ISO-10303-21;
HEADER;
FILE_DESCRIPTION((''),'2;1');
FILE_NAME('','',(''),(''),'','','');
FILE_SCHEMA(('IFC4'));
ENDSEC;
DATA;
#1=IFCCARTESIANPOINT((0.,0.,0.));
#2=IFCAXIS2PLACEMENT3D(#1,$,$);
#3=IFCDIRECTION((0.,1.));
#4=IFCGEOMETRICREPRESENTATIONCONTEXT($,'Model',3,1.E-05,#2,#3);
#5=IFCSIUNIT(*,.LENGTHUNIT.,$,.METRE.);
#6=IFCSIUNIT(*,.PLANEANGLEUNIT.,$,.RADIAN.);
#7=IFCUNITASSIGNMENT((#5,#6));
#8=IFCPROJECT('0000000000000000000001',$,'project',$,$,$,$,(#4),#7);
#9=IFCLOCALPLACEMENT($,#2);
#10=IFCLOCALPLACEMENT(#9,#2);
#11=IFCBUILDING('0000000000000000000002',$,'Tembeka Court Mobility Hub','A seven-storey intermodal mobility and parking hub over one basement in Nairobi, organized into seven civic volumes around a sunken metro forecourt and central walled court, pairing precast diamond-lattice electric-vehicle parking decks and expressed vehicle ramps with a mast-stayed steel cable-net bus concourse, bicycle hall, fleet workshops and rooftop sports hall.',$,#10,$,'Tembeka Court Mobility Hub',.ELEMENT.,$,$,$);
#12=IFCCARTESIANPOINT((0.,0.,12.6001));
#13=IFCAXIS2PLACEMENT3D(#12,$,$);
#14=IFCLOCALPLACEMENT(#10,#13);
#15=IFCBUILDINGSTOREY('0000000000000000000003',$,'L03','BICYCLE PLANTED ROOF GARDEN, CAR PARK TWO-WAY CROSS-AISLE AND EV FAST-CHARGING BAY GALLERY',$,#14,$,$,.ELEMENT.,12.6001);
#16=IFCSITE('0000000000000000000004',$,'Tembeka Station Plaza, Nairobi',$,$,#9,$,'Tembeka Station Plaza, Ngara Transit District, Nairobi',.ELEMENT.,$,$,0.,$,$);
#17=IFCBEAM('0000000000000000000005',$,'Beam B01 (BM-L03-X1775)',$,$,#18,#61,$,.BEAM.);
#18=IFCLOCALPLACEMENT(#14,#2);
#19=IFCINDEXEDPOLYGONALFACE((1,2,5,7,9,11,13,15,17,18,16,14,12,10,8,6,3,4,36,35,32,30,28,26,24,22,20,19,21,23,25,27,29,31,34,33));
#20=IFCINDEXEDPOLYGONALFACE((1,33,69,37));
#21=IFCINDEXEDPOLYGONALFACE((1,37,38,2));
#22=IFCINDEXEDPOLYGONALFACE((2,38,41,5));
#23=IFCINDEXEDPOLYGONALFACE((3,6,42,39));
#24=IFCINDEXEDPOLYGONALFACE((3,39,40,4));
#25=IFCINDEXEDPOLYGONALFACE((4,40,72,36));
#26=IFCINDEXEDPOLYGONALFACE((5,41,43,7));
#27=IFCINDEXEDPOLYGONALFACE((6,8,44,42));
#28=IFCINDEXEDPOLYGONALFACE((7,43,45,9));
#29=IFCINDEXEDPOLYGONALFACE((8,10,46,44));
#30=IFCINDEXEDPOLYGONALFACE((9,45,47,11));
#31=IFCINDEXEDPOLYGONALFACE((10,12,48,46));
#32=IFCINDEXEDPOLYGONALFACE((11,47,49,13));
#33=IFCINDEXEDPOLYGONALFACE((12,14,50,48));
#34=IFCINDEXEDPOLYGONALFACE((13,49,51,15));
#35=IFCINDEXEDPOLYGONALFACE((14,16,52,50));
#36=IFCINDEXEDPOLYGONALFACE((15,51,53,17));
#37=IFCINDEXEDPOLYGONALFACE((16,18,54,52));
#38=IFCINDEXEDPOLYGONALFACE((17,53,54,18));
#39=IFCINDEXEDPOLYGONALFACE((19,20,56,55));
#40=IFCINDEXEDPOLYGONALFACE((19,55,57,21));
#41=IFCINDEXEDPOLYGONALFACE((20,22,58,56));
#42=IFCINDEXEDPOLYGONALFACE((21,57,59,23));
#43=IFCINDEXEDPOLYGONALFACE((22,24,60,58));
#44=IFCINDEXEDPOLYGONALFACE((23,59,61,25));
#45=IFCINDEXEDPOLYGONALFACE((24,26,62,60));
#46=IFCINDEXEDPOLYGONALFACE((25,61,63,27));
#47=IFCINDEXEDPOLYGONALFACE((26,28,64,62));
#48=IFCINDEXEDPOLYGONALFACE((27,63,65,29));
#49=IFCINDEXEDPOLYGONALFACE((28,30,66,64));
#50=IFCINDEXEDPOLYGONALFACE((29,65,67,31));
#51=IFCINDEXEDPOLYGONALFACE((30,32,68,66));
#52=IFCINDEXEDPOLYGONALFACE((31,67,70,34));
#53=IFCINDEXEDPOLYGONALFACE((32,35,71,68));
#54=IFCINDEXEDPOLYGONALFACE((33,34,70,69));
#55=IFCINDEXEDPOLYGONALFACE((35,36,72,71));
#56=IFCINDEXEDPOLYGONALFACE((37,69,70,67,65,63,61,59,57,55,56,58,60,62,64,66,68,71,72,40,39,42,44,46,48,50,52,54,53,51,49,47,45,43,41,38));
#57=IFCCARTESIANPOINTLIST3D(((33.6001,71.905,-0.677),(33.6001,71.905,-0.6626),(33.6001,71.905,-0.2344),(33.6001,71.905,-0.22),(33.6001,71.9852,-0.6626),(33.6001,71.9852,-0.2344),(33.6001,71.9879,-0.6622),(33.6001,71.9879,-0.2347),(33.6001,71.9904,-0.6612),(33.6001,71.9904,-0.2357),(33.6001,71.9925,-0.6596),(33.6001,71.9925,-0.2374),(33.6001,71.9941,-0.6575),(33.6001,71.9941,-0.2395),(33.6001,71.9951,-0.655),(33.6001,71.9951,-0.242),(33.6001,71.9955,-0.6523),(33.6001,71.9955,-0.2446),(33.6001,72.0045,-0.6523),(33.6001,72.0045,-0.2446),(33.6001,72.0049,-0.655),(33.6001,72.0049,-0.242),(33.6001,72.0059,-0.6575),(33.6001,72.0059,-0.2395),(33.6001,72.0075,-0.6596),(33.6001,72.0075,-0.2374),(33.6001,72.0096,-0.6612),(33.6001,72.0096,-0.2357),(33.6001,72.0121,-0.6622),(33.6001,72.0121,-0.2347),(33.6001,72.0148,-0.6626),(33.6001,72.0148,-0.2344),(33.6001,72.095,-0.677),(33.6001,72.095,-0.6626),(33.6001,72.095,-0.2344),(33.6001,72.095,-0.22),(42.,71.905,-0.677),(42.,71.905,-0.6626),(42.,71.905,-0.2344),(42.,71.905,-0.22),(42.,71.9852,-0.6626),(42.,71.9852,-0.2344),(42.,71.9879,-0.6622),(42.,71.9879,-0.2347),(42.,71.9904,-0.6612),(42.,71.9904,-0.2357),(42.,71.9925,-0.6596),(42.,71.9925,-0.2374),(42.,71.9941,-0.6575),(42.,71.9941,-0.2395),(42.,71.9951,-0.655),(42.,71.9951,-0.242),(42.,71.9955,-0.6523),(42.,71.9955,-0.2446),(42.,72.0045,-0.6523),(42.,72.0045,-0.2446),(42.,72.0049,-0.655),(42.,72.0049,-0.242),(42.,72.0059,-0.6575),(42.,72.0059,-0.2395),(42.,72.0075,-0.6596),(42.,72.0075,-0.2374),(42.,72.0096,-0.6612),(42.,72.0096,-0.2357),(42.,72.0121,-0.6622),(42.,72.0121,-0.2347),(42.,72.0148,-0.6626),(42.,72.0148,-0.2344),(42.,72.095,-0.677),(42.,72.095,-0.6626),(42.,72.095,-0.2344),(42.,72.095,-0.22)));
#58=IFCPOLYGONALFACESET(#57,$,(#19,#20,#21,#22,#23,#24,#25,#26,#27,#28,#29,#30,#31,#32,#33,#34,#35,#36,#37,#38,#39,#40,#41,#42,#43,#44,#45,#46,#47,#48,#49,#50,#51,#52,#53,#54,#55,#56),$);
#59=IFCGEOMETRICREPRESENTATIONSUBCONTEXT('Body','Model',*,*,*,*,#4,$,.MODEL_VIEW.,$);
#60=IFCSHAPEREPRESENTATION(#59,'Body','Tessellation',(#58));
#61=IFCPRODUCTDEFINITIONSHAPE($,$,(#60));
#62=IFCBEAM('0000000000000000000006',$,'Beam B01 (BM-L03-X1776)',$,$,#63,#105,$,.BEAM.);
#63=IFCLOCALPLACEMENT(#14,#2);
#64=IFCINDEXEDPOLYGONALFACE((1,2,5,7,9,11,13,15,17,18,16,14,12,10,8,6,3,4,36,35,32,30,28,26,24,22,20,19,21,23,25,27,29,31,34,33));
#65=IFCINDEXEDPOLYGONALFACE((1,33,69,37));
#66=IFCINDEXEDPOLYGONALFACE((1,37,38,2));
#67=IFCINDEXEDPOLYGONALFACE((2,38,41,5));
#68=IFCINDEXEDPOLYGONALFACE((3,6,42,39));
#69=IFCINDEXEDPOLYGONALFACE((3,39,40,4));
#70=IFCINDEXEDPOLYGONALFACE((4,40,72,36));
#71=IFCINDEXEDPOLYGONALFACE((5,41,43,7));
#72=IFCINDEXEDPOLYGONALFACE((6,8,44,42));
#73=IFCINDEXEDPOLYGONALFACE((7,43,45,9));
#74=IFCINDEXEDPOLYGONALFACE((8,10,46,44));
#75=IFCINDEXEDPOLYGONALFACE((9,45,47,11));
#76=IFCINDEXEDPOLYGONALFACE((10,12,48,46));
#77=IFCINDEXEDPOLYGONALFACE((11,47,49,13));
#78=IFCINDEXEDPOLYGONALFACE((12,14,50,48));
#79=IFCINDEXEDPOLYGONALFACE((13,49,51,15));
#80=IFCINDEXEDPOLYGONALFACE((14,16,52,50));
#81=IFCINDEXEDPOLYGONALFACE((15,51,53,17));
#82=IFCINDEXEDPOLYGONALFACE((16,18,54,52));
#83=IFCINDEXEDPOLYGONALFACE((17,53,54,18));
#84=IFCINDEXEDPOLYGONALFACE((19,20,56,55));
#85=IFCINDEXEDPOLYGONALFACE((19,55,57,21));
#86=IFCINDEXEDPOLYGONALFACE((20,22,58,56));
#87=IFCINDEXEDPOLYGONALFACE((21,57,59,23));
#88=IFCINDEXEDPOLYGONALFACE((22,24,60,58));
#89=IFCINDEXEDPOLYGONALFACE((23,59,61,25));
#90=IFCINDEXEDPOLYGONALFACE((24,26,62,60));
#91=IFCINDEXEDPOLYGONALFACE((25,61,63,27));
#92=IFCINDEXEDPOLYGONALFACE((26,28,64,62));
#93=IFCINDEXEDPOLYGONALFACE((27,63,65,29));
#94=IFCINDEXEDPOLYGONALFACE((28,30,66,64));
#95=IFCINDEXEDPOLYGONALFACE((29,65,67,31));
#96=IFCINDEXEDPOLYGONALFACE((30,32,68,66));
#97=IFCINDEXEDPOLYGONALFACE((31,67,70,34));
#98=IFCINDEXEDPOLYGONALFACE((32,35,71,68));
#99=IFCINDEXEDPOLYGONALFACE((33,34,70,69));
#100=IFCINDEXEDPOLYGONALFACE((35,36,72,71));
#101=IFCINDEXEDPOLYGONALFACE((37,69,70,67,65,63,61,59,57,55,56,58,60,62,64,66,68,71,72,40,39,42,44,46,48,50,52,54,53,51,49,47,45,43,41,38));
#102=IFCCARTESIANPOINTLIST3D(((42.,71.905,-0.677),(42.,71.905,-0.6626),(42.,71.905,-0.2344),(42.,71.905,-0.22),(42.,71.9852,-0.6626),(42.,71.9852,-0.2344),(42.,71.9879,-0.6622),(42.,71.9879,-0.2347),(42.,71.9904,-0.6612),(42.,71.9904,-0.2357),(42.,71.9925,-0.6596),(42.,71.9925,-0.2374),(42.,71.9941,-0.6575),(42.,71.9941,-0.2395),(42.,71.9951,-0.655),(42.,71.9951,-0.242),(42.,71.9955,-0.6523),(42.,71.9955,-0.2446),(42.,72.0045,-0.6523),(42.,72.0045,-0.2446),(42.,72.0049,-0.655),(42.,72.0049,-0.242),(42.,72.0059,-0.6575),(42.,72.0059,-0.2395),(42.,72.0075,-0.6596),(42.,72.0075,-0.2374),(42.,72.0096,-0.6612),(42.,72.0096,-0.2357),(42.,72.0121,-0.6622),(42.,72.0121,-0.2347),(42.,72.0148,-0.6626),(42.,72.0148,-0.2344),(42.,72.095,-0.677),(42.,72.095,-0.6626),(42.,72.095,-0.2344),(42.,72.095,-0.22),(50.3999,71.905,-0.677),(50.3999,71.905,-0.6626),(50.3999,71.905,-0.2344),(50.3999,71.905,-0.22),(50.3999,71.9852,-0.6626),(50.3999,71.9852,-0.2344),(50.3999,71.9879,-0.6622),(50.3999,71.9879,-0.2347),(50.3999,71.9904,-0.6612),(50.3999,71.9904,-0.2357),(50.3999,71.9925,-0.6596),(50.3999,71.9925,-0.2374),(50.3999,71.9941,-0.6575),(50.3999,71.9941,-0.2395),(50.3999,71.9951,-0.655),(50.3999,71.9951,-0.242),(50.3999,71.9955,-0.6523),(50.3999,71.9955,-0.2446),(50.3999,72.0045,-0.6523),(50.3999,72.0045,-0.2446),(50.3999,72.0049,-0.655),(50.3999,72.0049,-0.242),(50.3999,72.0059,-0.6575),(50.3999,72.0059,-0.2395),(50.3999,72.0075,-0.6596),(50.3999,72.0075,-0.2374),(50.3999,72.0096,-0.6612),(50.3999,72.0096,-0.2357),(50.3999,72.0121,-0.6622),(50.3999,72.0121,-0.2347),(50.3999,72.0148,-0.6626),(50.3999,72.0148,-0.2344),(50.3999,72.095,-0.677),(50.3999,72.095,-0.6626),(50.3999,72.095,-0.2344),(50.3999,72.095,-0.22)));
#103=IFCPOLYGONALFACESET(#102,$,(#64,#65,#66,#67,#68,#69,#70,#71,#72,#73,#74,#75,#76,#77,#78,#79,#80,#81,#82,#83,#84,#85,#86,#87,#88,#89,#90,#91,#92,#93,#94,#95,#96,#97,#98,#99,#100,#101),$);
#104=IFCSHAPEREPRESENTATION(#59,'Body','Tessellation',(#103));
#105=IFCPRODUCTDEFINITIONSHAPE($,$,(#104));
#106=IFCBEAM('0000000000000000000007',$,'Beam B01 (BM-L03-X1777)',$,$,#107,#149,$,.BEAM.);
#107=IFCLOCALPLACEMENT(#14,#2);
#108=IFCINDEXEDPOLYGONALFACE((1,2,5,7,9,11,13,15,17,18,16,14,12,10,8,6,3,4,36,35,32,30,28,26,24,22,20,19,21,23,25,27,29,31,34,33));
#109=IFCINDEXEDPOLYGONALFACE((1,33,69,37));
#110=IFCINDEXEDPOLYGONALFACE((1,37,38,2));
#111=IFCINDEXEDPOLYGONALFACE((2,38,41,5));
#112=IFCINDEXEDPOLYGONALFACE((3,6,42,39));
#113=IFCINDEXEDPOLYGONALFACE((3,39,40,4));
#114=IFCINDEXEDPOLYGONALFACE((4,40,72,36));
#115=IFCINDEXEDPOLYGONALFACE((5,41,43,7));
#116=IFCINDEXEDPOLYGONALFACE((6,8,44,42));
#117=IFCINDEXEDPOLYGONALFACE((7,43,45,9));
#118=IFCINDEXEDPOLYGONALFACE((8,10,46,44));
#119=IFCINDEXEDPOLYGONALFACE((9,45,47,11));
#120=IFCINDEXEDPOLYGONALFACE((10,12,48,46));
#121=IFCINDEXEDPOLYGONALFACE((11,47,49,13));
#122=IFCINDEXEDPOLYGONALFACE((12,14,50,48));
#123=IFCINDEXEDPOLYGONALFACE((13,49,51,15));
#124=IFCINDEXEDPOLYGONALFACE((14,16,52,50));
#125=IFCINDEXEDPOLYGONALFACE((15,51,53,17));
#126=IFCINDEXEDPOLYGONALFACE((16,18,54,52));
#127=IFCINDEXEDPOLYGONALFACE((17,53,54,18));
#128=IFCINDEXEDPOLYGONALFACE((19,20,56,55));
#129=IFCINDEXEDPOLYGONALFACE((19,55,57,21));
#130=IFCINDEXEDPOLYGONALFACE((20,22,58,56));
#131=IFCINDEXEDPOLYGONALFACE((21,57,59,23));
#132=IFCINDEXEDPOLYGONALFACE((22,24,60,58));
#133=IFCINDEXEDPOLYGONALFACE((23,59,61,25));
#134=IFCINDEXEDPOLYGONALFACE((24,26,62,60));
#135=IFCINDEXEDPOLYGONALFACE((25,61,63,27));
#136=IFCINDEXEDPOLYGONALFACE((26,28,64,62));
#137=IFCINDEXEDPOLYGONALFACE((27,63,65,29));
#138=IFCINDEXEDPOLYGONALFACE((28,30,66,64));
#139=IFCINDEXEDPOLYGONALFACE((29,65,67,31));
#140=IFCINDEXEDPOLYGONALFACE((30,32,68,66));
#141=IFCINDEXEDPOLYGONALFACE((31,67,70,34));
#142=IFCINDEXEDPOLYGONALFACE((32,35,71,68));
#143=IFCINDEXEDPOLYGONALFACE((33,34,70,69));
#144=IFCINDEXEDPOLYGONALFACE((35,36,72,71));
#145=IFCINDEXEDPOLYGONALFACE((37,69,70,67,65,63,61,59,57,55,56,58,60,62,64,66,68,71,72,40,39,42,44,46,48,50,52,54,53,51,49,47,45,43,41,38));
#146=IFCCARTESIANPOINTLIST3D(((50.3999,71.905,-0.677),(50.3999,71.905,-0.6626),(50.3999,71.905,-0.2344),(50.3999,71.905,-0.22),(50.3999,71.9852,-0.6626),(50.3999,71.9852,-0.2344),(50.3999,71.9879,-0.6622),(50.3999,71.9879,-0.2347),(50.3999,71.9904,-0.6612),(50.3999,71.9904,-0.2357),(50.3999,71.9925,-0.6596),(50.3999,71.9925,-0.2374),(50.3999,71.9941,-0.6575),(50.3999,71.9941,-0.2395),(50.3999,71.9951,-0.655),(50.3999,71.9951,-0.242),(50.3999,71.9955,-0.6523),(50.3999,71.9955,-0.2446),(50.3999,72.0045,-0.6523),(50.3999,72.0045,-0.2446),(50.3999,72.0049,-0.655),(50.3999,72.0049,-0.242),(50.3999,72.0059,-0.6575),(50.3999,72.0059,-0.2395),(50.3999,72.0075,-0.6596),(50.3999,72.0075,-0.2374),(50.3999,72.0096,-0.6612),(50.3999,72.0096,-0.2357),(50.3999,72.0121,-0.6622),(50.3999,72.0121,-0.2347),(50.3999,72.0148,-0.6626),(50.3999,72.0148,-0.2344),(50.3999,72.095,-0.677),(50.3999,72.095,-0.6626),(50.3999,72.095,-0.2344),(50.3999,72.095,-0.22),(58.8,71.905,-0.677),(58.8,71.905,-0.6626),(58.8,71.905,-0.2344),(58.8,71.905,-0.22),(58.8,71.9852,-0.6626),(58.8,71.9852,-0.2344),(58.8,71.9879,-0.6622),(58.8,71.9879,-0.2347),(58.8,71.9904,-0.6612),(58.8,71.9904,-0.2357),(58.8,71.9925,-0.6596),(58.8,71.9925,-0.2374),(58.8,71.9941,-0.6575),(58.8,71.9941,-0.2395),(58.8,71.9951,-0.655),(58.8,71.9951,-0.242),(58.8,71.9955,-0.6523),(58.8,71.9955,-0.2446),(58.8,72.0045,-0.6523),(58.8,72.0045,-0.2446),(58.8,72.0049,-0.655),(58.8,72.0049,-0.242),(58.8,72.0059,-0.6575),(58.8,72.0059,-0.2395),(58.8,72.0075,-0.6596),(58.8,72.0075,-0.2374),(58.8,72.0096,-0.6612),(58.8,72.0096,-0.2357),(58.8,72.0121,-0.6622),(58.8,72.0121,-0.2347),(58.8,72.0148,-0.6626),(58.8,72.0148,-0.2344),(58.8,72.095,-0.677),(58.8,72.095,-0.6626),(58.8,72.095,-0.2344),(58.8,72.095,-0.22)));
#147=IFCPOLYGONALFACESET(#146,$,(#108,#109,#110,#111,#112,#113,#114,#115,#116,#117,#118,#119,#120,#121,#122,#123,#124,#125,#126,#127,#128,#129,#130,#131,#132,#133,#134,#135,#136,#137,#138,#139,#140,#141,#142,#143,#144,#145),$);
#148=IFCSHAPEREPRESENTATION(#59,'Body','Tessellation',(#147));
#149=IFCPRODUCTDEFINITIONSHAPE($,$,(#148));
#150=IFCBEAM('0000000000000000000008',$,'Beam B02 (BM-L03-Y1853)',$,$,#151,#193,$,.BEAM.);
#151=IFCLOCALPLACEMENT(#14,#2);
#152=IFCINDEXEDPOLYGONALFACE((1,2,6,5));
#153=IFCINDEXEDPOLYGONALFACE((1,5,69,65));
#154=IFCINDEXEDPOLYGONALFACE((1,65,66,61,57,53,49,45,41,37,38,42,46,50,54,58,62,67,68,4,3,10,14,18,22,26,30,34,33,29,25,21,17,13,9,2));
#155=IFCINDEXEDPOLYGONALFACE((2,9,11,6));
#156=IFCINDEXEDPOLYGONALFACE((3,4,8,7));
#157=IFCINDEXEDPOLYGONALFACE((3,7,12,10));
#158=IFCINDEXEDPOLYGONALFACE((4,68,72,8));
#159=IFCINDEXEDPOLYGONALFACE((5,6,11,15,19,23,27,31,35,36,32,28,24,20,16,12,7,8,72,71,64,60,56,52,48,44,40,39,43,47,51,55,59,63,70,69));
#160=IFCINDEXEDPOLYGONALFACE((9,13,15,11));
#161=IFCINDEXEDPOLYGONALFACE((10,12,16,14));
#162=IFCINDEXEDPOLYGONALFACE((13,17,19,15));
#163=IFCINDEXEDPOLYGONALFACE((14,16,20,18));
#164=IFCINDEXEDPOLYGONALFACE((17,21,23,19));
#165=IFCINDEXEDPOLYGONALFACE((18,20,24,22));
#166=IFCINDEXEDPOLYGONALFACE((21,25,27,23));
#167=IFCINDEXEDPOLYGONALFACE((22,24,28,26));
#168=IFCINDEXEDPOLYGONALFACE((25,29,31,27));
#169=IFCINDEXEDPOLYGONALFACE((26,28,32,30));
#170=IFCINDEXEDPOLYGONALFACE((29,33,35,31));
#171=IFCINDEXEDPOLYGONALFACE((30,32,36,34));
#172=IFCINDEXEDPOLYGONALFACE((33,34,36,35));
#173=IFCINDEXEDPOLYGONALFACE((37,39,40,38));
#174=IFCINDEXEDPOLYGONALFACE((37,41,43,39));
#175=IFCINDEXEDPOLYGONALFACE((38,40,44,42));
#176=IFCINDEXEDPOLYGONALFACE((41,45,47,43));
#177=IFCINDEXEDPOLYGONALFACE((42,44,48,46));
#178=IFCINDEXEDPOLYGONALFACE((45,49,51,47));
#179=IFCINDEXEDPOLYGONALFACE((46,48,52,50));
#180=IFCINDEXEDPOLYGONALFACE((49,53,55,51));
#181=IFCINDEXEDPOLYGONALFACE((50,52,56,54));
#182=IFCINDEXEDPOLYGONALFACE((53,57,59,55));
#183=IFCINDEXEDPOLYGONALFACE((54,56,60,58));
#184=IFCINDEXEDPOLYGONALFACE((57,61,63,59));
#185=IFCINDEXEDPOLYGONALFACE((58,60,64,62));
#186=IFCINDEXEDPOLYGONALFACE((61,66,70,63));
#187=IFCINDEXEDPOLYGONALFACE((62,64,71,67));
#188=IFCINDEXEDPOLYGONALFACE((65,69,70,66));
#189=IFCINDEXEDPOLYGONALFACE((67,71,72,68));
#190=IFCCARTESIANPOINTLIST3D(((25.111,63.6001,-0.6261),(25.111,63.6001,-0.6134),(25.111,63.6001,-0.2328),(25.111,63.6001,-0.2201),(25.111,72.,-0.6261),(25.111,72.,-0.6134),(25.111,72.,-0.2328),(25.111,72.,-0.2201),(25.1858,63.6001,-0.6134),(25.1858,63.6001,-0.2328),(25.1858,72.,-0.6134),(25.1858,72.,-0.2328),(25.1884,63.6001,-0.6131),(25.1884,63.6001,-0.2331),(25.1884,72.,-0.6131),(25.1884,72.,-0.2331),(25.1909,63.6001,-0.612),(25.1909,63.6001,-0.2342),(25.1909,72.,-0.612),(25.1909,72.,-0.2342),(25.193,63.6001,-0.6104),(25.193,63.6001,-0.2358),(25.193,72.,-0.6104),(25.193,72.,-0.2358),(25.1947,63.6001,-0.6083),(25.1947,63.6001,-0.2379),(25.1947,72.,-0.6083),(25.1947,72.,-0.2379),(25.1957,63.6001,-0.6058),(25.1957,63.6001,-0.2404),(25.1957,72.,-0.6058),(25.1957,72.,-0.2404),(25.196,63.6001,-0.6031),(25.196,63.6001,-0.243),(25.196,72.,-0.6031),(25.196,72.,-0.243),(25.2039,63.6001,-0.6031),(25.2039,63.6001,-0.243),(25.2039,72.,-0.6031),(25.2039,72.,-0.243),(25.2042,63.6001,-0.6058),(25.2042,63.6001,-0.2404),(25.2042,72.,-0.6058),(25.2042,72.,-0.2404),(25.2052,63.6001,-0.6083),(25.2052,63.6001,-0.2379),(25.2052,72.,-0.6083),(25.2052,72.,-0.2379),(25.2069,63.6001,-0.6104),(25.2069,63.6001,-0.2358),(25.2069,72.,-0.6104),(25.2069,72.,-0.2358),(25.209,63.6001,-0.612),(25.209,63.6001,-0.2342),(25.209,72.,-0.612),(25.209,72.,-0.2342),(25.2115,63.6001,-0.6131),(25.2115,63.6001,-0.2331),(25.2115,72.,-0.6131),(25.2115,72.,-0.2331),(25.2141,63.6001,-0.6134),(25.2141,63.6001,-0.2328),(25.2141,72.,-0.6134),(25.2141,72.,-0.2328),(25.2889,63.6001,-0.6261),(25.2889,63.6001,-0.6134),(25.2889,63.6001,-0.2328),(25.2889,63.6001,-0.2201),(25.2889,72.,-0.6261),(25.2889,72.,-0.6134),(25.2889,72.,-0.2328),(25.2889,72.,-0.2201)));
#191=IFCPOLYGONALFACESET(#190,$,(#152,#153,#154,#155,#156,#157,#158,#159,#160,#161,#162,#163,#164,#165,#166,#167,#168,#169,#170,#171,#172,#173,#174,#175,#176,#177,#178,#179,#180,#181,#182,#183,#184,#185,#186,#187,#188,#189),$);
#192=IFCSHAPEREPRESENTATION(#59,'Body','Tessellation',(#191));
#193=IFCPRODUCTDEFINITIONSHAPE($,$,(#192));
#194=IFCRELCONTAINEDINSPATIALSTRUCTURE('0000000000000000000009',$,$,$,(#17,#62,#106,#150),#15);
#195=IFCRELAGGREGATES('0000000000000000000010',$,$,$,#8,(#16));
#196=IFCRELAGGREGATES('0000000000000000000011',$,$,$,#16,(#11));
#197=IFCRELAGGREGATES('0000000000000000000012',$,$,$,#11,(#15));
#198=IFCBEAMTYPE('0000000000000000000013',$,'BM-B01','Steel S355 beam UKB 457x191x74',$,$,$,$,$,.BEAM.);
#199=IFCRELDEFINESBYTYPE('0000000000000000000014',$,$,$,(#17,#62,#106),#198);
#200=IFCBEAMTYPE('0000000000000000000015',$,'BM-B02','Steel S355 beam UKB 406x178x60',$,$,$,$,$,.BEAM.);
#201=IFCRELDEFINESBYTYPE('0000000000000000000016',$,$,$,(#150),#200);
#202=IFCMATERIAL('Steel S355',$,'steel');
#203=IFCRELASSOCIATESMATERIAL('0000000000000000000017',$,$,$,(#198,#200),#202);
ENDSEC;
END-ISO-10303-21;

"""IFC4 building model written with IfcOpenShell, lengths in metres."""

from ifc_helpers import new_model, si_unit, direction, frame, origin, origin_2d, place, context, subcontext, project, spatial, i_section, extrude, material, material_profile, profile_set, type_object, element, save


model = new_model("IFC4")

# Units and contexts
model_context = context("Model", 3, precision=1e-05, world=origin(), true_north=direction((0.0, 1.0)))
body_context = subcontext(model_context, "Body", "Model", "MODEL_VIEW")
ifc_project = project(units=[si_unit("LENGTHUNIT", "METRE"), si_unit("PLANEANGLEUNIT", "RADIAN")], contexts=[model_context])

# Site, building, storey
site_placement = place(None, origin())
site = spatial("IfcSite", under=ifc_project, at=site_placement, Name="Tembeka Station Plaza, Nairobi", LongName="Tembeka Station Plaza, Ngara Transit District, Nairobi", CompositionType="ELEMENT", RefElevation=0.0)
building_placement = place(site_placement, origin())
building = spatial("IfcBuilding", under=site, at=building_placement, Name="Tembeka Court Mobility Hub", Description="A seven-storey intermodal mobility and parking hub over one basement in Nairobi, organized into seven civic volumes around a sunken metro forecourt and central walled court, pairing precast diamond-lattice electric-vehicle parking decks and expressed vehicle ramps with a mast-stayed steel cable-net bus concourse, bicycle hall, fleet workshops and rooftop sports hall.", LongName="Tembeka Court Mobility Hub", CompositionType="ELEMENT")
storey_placement = place(building_placement, frame((0.0, 0.0, 12.6001)))
storey = spatial("IfcBuildingStorey", under=building, at=storey_placement, Name="L03", Description="BICYCLE PLANTED ROOF GARDEN, CAR PARK TWO-WAY CROSS-AISLE AND EV FAST-CHARGING BAY GALLERY", CompositionType="ELEMENT", Elevation=12.6001)

# Shared definitions
ifc_material = material(Name="Steel S355", Category="steel")

# Beams
ifc_material_profile_1 = material_profile(ifc_material, i_section(OverallWidth=0.1899, OverallDepth=0.457, WebThickness=0.009, FlangeThickness=0.0144, FilletRadius=0.0103, at=origin_2d()), Name="UKB 457x191x74")
ifc_profile_set_1 = profile_set([ifc_material_profile_1], Name="Steel S355")
beam_type_1 = type_object("IfcBeamType", Name="BM-B01", Description="Steel S355 beam UKB 457x191x74", PredefinedType="BEAM", material=ifc_profile_set_1)
for number, where, z_axis, x_axis, name in (
    (1, (33.6001, 72.0, -0.4485), (1.0, 0.0, 0.0), (0.0, 1.0, 0.0), "Beam B01 (BM-L03-X1775)"),
    (2, (42.0, 72.0, -0.4485), (1.0, 0.0, 0.0), (0.0, 1.0, 0.0), "Beam B01 (BM-L03-X1776)"),
):
    element("IfcBeam", number, at=place(storey_placement, frame(where, z_axis=z_axis, x_axis=x_axis)), inside=storey, type_object=beam_type_1, Name=name, PredefinedType="BEAM", context=body_context, shape_type="SweptSolid", body=[
        extrude(i_section(OverallWidth=0.1899, OverallDepth=0.457, WebThickness=0.009, FlangeThickness=0.0144, FilletRadius=0.0103, at=origin_2d()), origin(), (0.0, 0.0, 1.0), 8.3999),
    ])
beam_1_placement = place(storey_placement, frame((50.3999, 72.0, -0.4485), z_axis=(1.0, 0.0, 0.0), x_axis=(0.0, 1.0, 0.0)))
element("IfcBeam", 3, at=beam_1_placement, inside=storey, type_object=beam_type_1, Name="Beam B01 (BM-L03-X1777)", PredefinedType="BEAM", context=body_context, shape_type="SweptSolid", body=[
    extrude(i_section(OverallWidth=0.1899, OverallDepth=0.457, WebThickness=0.009, FlangeThickness=0.0144, FilletRadius=0.0103, at=origin_2d()), origin(), (0.0, 0.0, 1.0), 8.4001),
])
ifc_material_profile_2 = material_profile(ifc_material, i_section(OverallWidth=0.178, OverallDepth=0.406, WebThickness=0.0078, FlangeThickness=0.0127, FilletRadius=0.0103, at=origin_2d()), Name="UKB 406x178x60")
ifc_profile_set_2 = profile_set([ifc_material_profile_2], Name="Steel S355")
beam_type_2 = type_object("IfcBeamType", Name="BM-B02", Description="Steel S355 beam UKB 406x178x60", PredefinedType="BEAM", material=ifc_profile_set_2)
for number, where, z_axis, x_axis, name in (
    (4, (25.2, 63.6001, -0.4231), (0.0, 1.0, 0.0), (-1.0, 0.0, 0.0), "Beam B02 (BM-L03-Y1853)"),
):
    element("IfcBeam", number, at=place(storey_placement, frame(where, z_axis=z_axis, x_axis=x_axis)), inside=storey, type_object=beam_type_2, Name=name, PredefinedType="BEAM", context=body_context, shape_type="SweptSolid", body=[
        extrude(i_section(OverallWidth=0.178, OverallDepth=0.406, WebThickness=0.0078, FlangeThickness=0.0127, FilletRadius=0.0103, at=origin_2d()), origin(), (0.0, 0.0, 1.0), 8.3999),
    ])

save(model, "model.ifc")
